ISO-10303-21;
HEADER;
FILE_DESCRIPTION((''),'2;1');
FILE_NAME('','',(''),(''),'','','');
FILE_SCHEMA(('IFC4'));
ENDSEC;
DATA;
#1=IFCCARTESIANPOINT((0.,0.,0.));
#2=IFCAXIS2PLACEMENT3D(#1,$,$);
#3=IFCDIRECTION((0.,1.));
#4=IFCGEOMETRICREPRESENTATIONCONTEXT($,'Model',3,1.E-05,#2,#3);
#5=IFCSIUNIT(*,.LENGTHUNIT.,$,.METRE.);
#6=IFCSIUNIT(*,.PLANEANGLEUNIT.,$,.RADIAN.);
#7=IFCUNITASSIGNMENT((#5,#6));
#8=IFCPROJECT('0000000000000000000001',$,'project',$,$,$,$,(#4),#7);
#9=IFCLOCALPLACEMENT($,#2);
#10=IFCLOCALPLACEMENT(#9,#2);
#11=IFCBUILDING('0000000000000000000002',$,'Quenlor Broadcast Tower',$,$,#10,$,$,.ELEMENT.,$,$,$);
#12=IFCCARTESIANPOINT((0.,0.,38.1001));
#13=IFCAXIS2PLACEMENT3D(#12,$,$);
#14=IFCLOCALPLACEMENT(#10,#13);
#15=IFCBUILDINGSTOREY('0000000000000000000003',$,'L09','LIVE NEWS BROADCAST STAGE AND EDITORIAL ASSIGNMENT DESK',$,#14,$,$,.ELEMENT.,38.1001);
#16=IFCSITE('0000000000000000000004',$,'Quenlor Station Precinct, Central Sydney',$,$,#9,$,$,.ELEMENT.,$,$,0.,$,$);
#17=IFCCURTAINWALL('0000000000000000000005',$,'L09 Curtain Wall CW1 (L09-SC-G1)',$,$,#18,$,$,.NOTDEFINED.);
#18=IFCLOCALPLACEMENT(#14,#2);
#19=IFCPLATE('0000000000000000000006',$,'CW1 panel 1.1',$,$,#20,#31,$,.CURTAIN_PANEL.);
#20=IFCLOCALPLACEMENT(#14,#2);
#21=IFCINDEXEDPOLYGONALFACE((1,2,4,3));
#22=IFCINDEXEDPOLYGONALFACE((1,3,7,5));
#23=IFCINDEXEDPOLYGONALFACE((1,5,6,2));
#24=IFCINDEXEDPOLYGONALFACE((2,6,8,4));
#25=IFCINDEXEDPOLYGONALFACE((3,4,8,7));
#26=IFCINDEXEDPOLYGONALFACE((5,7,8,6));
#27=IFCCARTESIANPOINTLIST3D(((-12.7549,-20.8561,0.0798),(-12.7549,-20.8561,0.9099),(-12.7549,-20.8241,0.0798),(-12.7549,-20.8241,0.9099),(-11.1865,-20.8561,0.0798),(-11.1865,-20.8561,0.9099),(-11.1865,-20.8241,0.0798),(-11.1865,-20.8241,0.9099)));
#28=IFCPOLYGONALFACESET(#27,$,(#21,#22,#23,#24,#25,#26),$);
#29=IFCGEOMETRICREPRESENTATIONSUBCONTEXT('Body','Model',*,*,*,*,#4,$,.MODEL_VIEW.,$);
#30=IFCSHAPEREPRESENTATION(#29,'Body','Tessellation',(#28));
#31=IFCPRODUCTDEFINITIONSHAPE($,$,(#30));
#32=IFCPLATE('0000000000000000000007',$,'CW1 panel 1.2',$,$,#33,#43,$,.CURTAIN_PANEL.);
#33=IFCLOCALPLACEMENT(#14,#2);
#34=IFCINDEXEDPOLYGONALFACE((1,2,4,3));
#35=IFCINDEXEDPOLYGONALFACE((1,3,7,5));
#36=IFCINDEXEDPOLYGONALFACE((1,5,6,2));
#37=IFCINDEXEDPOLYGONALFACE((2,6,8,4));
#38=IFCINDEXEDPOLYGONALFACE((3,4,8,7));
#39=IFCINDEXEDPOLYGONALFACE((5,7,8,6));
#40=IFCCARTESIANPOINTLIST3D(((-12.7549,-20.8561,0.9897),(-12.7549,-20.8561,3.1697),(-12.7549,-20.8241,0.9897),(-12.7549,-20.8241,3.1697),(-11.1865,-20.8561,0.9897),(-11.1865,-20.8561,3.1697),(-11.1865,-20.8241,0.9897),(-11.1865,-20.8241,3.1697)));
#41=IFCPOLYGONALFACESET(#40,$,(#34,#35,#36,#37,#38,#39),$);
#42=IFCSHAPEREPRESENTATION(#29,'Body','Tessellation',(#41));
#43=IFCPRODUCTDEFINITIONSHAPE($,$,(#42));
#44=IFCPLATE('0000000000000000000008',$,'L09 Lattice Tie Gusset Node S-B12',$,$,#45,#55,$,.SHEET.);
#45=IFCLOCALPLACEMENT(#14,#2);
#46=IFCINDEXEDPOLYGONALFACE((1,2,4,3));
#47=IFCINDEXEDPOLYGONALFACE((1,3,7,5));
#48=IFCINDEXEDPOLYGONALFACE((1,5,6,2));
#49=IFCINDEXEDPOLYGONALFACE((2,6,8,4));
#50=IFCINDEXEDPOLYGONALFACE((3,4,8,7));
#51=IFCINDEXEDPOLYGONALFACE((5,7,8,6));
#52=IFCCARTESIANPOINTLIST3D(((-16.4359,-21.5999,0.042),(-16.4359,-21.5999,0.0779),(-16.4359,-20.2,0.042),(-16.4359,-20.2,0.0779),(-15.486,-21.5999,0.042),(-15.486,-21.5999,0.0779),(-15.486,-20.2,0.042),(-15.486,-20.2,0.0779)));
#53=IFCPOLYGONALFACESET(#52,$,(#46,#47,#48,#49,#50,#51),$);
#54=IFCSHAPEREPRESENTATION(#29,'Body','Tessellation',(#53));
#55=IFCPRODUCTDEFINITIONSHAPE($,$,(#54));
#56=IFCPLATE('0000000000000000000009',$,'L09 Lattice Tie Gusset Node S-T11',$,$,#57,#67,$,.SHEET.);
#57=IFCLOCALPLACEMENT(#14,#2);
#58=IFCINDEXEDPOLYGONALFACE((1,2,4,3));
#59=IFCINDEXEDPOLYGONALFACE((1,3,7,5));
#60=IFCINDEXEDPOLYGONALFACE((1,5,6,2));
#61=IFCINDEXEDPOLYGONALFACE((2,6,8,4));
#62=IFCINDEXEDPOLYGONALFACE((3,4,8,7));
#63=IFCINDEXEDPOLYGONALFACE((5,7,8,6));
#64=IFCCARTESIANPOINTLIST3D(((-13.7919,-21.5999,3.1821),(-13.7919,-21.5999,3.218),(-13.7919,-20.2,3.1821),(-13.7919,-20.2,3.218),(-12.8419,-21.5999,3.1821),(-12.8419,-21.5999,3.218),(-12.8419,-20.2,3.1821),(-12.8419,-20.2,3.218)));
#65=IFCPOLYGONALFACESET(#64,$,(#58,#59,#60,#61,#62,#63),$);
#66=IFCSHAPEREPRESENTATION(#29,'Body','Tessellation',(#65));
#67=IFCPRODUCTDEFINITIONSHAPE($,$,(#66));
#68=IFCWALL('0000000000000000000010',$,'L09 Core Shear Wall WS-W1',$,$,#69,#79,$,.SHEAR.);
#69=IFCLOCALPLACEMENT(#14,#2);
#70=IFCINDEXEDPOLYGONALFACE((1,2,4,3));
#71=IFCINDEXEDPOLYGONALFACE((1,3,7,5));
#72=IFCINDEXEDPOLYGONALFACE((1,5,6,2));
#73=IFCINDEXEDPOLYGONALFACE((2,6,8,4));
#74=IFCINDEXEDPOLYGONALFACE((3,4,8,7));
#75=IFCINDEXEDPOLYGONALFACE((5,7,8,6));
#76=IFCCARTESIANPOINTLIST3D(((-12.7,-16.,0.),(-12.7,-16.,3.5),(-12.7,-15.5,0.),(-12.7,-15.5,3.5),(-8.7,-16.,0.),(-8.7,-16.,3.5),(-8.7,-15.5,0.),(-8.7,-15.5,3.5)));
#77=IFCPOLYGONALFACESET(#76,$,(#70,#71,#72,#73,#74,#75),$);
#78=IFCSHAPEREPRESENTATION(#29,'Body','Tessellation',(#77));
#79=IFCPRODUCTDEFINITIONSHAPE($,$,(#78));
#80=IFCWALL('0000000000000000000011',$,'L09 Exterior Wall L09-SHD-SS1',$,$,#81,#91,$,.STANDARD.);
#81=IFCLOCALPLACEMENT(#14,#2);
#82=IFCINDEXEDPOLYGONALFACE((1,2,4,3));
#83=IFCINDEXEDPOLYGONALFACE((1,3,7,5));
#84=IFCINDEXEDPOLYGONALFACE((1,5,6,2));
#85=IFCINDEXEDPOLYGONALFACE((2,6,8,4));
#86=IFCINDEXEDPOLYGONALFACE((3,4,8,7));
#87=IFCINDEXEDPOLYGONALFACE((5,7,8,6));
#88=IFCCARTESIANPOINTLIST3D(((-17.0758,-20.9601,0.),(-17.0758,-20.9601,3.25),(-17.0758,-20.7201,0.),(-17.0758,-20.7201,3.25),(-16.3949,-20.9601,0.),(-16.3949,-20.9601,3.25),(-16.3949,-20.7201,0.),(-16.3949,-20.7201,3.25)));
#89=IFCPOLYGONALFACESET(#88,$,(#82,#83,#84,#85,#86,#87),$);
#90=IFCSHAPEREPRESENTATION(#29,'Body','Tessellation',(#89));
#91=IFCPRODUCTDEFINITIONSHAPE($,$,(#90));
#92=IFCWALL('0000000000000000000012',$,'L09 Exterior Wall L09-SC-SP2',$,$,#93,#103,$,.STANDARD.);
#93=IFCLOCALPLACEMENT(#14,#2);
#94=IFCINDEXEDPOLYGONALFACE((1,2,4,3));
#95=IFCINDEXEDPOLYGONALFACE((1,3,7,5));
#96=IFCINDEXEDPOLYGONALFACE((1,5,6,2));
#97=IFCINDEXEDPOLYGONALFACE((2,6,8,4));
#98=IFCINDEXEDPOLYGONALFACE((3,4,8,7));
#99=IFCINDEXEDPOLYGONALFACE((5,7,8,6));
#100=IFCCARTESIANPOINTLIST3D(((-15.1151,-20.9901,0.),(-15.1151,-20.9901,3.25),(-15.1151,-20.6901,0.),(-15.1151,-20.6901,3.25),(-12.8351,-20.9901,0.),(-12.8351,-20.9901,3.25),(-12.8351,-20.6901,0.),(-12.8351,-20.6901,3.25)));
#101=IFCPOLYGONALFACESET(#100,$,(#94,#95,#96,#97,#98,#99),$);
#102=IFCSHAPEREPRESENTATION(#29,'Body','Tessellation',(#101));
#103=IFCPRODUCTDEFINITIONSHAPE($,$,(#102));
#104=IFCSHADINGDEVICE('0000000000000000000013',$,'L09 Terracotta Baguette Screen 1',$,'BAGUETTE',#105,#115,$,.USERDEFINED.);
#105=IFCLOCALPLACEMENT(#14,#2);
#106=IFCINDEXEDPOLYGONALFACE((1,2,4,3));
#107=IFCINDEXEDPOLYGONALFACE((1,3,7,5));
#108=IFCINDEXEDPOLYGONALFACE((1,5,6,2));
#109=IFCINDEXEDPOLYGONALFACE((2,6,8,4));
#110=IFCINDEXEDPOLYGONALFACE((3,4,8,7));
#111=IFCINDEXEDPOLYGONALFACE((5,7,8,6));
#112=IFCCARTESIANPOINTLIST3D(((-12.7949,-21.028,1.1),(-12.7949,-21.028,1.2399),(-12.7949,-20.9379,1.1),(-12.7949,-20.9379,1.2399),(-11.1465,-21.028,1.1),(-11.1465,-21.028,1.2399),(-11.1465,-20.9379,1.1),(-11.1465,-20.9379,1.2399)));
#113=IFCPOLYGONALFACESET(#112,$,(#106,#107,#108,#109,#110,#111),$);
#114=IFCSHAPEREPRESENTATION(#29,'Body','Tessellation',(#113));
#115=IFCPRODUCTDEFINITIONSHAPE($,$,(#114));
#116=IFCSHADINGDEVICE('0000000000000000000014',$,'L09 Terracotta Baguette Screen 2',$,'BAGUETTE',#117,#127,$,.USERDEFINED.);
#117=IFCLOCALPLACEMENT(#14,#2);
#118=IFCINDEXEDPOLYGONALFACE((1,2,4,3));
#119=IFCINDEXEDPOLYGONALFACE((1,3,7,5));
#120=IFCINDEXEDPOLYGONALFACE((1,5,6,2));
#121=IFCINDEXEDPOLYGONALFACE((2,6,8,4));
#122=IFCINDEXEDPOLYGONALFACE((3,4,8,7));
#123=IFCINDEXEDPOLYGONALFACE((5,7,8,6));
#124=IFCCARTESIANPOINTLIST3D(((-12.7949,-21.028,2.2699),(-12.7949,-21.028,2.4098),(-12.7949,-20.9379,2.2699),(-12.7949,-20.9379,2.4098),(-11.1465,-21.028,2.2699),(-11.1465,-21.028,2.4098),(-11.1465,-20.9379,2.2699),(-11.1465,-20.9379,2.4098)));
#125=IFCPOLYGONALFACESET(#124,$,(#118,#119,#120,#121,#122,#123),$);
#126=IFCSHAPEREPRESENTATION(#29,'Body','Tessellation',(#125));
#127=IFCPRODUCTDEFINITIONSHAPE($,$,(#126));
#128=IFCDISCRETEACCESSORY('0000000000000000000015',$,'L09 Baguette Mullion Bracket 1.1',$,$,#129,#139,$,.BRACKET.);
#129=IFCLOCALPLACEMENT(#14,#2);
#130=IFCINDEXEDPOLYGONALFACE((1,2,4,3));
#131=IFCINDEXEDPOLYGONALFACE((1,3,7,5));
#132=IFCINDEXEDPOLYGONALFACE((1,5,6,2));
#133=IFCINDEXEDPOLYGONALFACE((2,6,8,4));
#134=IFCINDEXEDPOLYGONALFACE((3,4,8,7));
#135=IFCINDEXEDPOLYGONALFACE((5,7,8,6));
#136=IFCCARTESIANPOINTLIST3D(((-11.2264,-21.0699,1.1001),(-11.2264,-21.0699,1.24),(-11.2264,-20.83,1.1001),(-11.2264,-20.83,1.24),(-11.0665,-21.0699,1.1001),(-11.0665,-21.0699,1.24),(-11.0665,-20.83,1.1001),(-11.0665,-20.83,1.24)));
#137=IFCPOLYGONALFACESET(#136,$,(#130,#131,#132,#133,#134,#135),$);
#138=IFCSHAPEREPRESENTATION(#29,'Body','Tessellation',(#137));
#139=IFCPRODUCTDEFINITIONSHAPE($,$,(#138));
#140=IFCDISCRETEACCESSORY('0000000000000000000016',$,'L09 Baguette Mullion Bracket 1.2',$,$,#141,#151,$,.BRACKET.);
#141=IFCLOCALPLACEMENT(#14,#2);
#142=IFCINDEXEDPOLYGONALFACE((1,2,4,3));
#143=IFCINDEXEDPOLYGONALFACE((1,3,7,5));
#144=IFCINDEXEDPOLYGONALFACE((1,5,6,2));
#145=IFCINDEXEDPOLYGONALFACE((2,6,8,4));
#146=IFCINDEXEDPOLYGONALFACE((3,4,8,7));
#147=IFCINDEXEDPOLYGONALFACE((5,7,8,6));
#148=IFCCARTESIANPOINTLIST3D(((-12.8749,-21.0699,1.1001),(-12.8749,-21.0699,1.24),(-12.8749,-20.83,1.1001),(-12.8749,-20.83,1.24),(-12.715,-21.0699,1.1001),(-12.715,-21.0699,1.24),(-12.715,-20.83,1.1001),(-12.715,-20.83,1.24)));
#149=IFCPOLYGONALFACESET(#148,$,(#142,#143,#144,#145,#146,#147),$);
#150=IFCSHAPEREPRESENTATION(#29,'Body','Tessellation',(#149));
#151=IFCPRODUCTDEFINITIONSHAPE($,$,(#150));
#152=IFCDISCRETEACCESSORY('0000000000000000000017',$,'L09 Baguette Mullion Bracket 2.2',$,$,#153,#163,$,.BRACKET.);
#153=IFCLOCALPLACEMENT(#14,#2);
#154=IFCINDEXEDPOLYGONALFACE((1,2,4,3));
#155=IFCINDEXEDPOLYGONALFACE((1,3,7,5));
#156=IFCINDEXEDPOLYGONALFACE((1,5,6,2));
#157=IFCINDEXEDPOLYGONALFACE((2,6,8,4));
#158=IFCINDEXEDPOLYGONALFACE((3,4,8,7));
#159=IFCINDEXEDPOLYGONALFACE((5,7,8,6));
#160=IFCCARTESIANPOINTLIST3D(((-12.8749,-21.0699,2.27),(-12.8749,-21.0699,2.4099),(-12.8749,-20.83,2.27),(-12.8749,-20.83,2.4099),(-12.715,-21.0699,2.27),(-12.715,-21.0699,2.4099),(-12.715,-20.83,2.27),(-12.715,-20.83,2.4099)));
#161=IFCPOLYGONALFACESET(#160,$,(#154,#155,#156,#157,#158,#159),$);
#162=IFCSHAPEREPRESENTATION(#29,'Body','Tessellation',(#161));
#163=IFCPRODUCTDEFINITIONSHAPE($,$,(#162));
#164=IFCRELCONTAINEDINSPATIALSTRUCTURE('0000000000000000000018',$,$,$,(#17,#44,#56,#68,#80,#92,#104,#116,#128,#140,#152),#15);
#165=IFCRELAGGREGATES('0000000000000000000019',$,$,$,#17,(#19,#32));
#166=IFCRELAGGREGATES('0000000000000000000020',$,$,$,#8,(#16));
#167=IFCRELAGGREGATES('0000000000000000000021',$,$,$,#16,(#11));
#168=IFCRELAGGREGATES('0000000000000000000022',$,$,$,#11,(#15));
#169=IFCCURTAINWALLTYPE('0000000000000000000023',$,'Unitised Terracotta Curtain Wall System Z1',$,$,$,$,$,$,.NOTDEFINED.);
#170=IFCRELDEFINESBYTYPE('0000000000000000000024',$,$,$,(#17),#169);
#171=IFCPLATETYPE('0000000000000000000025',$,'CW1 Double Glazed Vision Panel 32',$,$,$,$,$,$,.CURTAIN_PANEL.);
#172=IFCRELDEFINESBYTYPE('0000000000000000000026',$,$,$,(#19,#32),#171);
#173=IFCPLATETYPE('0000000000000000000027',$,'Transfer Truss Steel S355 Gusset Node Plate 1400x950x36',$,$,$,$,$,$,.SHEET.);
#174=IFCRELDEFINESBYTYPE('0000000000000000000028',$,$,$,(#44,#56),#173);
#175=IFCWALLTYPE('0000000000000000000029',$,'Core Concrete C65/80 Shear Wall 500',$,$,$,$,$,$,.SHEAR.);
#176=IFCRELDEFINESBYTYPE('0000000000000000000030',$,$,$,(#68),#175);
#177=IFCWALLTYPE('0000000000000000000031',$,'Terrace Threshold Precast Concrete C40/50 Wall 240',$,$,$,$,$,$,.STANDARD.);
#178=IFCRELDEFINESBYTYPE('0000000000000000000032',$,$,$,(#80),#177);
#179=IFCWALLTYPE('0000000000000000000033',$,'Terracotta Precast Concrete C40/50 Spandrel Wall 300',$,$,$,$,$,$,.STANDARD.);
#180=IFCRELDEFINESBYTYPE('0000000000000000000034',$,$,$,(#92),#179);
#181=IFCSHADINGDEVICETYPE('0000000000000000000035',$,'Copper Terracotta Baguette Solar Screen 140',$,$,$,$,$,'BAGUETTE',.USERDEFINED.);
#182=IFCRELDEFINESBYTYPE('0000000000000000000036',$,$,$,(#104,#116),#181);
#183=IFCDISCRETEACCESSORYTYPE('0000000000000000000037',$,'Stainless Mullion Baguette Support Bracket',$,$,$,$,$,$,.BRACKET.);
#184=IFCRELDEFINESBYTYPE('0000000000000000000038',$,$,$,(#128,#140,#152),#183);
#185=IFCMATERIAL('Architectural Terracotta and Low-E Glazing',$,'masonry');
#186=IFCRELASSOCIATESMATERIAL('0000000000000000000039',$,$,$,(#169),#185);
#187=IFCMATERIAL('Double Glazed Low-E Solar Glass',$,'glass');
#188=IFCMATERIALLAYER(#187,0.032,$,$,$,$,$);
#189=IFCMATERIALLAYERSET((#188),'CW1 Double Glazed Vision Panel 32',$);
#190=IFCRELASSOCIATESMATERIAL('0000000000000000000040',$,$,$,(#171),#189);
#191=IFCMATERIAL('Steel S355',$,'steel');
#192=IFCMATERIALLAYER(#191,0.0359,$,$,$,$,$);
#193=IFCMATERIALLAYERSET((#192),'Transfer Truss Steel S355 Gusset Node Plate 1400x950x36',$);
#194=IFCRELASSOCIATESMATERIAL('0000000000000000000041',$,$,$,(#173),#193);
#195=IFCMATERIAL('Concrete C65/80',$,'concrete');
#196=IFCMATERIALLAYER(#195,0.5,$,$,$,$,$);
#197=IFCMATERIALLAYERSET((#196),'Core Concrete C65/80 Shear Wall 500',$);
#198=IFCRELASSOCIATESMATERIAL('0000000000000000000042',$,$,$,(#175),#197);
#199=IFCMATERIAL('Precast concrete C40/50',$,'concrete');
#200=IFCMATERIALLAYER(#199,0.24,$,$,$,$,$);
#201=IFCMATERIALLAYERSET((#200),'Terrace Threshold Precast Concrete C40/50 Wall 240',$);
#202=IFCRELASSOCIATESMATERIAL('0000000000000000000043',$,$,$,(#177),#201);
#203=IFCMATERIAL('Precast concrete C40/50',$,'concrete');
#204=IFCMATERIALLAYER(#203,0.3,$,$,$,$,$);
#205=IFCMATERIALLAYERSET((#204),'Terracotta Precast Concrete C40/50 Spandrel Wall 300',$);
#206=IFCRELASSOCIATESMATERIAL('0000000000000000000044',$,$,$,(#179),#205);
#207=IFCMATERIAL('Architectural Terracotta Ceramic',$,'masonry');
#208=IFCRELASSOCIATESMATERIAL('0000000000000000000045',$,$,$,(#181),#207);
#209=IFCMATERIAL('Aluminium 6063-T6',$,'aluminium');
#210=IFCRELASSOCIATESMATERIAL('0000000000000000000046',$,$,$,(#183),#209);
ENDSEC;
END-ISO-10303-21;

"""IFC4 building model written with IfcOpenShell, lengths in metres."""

from ifc_helpers import new_model, si_unit, direction, frame, frame_2d, origin, origin_2d, place, context, subcontext, project, spatial, rectangle, extrude, material, layer, layer_set, material_profile, profile_set, type_object, element, aggregate, save


model = new_model("IFC4")

# Units and contexts
model_context = context("Model", 3, precision=1e-05, world=origin(), true_north=direction((0.0, 1.0)))
body_context = subcontext(model_context, "Body", "Model", "MODEL_VIEW")
ifc_project = project(units=[si_unit("LENGTHUNIT", "METRE"), si_unit("PLANEANGLEUNIT", "RADIAN")], contexts=[model_context])

# Site, building, storey
site_placement = place(None, origin())
site = spatial("IfcSite", under=ifc_project, at=site_placement, Name="Quenlor Station Precinct, Central Sydney", CompositionType="ELEMENT", RefElevation=0.0)
building_placement = place(site_placement, origin())
building = spatial("IfcBuilding", under=site, at=building_placement, Name="Quenlor Broadcast Tower", CompositionType="ELEMENT")
storey_placement = place(building_placement, frame((0.0, 0.0, 38.1001)))
storey = spatial("IfcBuildingStorey", under=building, at=storey_placement, Name="L09", Description="LIVE NEWS BROADCAST STAGE AND EDITORIAL ASSIGNMENT DESK", CompositionType="ELEMENT", Elevation=38.1001)

# Curtain wall
ifc_material_1 = material(Name="Architectural Terracotta and Low-E Glazing", Category="masonry")
curtain_wall_type = type_object("IfcCurtainWallType", Name="Unitised Terracotta Curtain Wall System Z1", PredefinedType="NOTDEFINED", material=ifc_material_1)
curtain_wall_placement = place(storey_placement, origin())
curtain_wall = element("IfcCurtainWall", 1, at=curtain_wall_placement, inside=storey, type_object=curtain_wall_type, Name="L09 Curtain Wall CW1 (L09-SC-G1)", PredefinedType="NOTDEFINED")

# Plates
ifc_material_2 = material(Name="Double Glazed Low-E Solar Glass", Category="glass")
ifc_layer_1 = layer(ifc_material_2, 0.032)
ifc_layer_set_1 = layer_set([ifc_layer_1], Name="CW1 Double Glazed Vision Panel 32")
plate_type_1 = type_object("IfcPlateType", Name="CW1 Double Glazed Vision Panel 32", PredefinedType="CURTAIN_PANEL", material=ifc_layer_set_1)
plate_1_placement = place(storey_placement, frame((-11.9707, -20.8401, 0.0798), z_axis=(0.0, 0.0, 1.0), x_axis=(-1.0, 0.0, 0.0)))
plate_1 = element("IfcPlate", 2, at=plate_1_placement, type_object=plate_type_1, Name="CW1 panel 1.1", PredefinedType="CURTAIN_PANEL", context=body_context, shape_type="SweptSolid", body=[
    extrude(rectangle(XDim=1.5684, YDim=0.032, at=origin_2d()), origin(), (0.0, 0.0, 1.0), 0.8301),
])
plate_2_placement = place(storey_placement, frame((-11.9707, -20.8401, 0.9897), z_axis=(0.0, 0.0, 1.0), x_axis=(-1.0, 0.0, 0.0)))
plate_2 = element("IfcPlate", 3, at=plate_2_placement, type_object=plate_type_1, Name="CW1 panel 1.2", PredefinedType="CURTAIN_PANEL", context=body_context, shape_type="SweptSolid", body=[
    extrude(rectangle(XDim=1.5684, YDim=0.032, at=origin_2d()), origin(), (0.0, 0.0, 1.0), 2.1799),
])
aggregate(curtain_wall, [plate_1, plate_2])

# Plates
ifc_material_3 = material(Name="Steel S355", Category="steel")
ifc_layer_2 = layer(ifc_material_3, 0.0359)
ifc_layer_set_2 = layer_set([ifc_layer_2], Name="Transfer Truss Steel S355 Gusset Node Plate 1400x950x36")
plate_type_2 = type_object("IfcPlateType", Name="Transfer Truss Steel S355 Gusset Node Plate 1400x950x36", PredefinedType="SHEET", material=ifc_layer_set_2)
for number, where, z_axis, x_axis, name in (
    (4, (-15.9609, -20.8999, 0.042), (0.0, 0.0, 1.0), (0.0, -1.0, 0.0), "L09 Lattice Tie Gusset Node S-B12"),
    (5, (-13.3169, -20.8999, 3.1821), (0.0, 0.0, 1.0), (0.0, -1.0, 0.0), "L09 Lattice Tie Gusset Node S-T11"),
):
    element("IfcPlate", number, at=place(storey_placement, frame(where, z_axis=z_axis, x_axis=x_axis)), inside=storey, type_object=plate_type_2, Name=name, PredefinedType="SHEET", context=body_context, shape_type="SweptSolid", body=[
        extrude(rectangle(XDim=1.3999, YDim=0.95, at=origin_2d()), origin(), (0.0, 0.0, 1.0), 0.0359),
    ])

# Walls
ifc_material_4 = material(Name="Concrete C65/80", Category="concrete")
ifc_layer_3 = layer(ifc_material_4, 0.5)
ifc_layer_set_3 = layer_set([ifc_layer_3], Name="Core Concrete C65/80 Shear Wall 500")
wall_type_1 = type_object("IfcWallType", Name="Core Concrete C65/80 Shear Wall 500", PredefinedType="SHEAR", material=ifc_layer_set_3)
wall_1_placement = place(storey_placement, frame((-12.7, -15.75, 0.0), z_axis=(0.0, 0.0, 1.0), x_axis=(1.0, 0.0, 0.0)))
element("IfcWall", 6, at=wall_1_placement, inside=storey, type_object=wall_type_1, Name="L09 Core Shear Wall WS-W1", PredefinedType="SHEAR", context=body_context, shape_type="SweptSolid", body=[
    extrude(rectangle(XDim=4.0, YDim=0.5, at=frame_2d((2.0, 0.0))), origin(), (0.0, 0.0, 1.0), 3.5),
])
ifc_material_5 = material(Name="Precast concrete C40/50", Category="concrete")
ifc_layer_4 = layer(ifc_material_5, 0.24)
ifc_layer_set_4 = layer_set([ifc_layer_4], Name="Terrace Threshold Precast Concrete C40/50 Wall 240")
wall_type_2 = type_object("IfcWallType", Name="Terrace Threshold Precast Concrete C40/50 Wall 240", PredefinedType="STANDARD", material=ifc_layer_set_4)
wall_2_placement = place(storey_placement, frame((-16.395, -20.8401, 0.0), z_axis=(0.0, 0.0, 1.0), x_axis=(-1.0, 0.0, 0.0)))
element("IfcWall", 7, at=wall_2_placement, inside=storey, type_object=wall_type_2, Name="L09 Exterior Wall L09-SHD-SS1", PredefinedType="STANDARD", context=body_context, shape_type="SweptSolid", body=[
    extrude(rectangle(XDim=0.6809, YDim=0.24, at=frame_2d((0.3403, 0.0))), origin(), (0.0, 0.0, 1.0), 3.25),
])
ifc_material_6 = material(Name="Precast concrete C40/50", Category="concrete")
ifc_layer_5 = layer(ifc_material_6, 0.3)
ifc_layer_set_5 = layer_set([ifc_layer_5], Name="Terracotta Precast Concrete C40/50 Spandrel Wall 300")
wall_type_3 = type_object("IfcWallType", Name="Terracotta Precast Concrete C40/50 Spandrel Wall 300", PredefinedType="STANDARD", material=ifc_layer_set_5)
wall_3_placement = place(storey_placement, frame((-12.835, -20.8401, 0.0), z_axis=(0.0, 0.0, 1.0), x_axis=(-1.0, 0.0, 0.0)))
element("IfcWall", 8, at=wall_3_placement, inside=storey, type_object=wall_type_3, Name="L09 Exterior Wall L09-SC-SP2", PredefinedType="STANDARD", context=body_context, shape_type="SweptSolid", body=[
    extrude(rectangle(XDim=2.28, YDim=0.3, at=frame_2d((1.1401, 0.0))), origin(), (0.0, 0.0, 1.0), 3.25),
])

# Shading devices
ifc_material_7 = material(Name="Architectural Terracotta Ceramic", Category="masonry")
ifc_material_profile_1 = material_profile(ifc_material_7, rectangle(XDim=0.0901, YDim=0.1399, at=origin_2d()))
ifc_profile_set_1 = profile_set([ifc_material_profile_1], Name="Architectural Terracotta Ceramic BAG90x140")
shading_device_type = type_object("IfcShadingDeviceType", Name="Copper Terracotta Baguette Solar Screen 140", ElementType="BAGUETTE", PredefinedType="USERDEFINED", material=ifc_profile_set_1)
for number, where, z_axis, x_axis, name in (
    (9, (-11.1465, -20.9829, 1.1699), (-1.0, 0.0, 0.0), (0.0, -1.0, 0.0), "L09 Terracotta Baguette Screen 1"),
    (10, (-11.1465, -20.9829, 2.3398), (-1.0, 0.0, 0.0), (0.0, -1.0, 0.0), "L09 Terracotta Baguette Screen 2"),
):
    element("IfcShadingDevice", number, at=place(storey_placement, frame(where, z_axis=z_axis, x_axis=x_axis)), inside=storey, type_object=shading_device_type, Name=name, ObjectType="BAGUETTE", PredefinedType="USERDEFINED", context=body_context, shape_type="SweptSolid", body=[
        extrude(rectangle(XDim=0.0901, YDim=0.1399, at=origin_2d()), origin(), (0.0, 0.0, 1.0), 1.6484),
    ])

# Discrete accessories
ifc_material_8 = material(Name="Aluminium 6063-T6", Category="aluminium")
discrete_accessory_type = type_object("IfcDiscreteAccessoryType", Name="Stainless Mullion Baguette Support Bracket", PredefinedType="BRACKET", material=ifc_material_8)
for number, where, z_axis, x_axis, name in (
    (11, (-11.1465, -20.95, 1.1001), (0.0, 0.0, 1.0), (-1.0, 0.0, 0.0), "L09 Baguette Mullion Bracket 1.1"),
    (12, (-12.7949, -20.95, 1.1001), (0.0, 0.0, 1.0), (-1.0, 0.0, 0.0), "L09 Baguette Mullion Bracket 1.2"),
    (13, (-12.7949, -20.95, 2.27), (0.0, 0.0, 1.0), (-1.0, 0.0, 0.0), "L09 Baguette Mullion Bracket 2.2"),
):
    element("IfcDiscreteAccessory", number, at=place(storey_placement, frame(where, z_axis=z_axis, x_axis=x_axis)), inside=storey, type_object=discrete_accessory_type, Name=name, PredefinedType="BRACKET", context=body_context, shape_type="SweptSolid", body=[
        extrude(rectangle(XDim=0.1599, YDim=0.24, at=origin_2d()), origin(), (0.0, 0.0, 1.0), 0.1399),
    ])

save(model, "model.ifc")
